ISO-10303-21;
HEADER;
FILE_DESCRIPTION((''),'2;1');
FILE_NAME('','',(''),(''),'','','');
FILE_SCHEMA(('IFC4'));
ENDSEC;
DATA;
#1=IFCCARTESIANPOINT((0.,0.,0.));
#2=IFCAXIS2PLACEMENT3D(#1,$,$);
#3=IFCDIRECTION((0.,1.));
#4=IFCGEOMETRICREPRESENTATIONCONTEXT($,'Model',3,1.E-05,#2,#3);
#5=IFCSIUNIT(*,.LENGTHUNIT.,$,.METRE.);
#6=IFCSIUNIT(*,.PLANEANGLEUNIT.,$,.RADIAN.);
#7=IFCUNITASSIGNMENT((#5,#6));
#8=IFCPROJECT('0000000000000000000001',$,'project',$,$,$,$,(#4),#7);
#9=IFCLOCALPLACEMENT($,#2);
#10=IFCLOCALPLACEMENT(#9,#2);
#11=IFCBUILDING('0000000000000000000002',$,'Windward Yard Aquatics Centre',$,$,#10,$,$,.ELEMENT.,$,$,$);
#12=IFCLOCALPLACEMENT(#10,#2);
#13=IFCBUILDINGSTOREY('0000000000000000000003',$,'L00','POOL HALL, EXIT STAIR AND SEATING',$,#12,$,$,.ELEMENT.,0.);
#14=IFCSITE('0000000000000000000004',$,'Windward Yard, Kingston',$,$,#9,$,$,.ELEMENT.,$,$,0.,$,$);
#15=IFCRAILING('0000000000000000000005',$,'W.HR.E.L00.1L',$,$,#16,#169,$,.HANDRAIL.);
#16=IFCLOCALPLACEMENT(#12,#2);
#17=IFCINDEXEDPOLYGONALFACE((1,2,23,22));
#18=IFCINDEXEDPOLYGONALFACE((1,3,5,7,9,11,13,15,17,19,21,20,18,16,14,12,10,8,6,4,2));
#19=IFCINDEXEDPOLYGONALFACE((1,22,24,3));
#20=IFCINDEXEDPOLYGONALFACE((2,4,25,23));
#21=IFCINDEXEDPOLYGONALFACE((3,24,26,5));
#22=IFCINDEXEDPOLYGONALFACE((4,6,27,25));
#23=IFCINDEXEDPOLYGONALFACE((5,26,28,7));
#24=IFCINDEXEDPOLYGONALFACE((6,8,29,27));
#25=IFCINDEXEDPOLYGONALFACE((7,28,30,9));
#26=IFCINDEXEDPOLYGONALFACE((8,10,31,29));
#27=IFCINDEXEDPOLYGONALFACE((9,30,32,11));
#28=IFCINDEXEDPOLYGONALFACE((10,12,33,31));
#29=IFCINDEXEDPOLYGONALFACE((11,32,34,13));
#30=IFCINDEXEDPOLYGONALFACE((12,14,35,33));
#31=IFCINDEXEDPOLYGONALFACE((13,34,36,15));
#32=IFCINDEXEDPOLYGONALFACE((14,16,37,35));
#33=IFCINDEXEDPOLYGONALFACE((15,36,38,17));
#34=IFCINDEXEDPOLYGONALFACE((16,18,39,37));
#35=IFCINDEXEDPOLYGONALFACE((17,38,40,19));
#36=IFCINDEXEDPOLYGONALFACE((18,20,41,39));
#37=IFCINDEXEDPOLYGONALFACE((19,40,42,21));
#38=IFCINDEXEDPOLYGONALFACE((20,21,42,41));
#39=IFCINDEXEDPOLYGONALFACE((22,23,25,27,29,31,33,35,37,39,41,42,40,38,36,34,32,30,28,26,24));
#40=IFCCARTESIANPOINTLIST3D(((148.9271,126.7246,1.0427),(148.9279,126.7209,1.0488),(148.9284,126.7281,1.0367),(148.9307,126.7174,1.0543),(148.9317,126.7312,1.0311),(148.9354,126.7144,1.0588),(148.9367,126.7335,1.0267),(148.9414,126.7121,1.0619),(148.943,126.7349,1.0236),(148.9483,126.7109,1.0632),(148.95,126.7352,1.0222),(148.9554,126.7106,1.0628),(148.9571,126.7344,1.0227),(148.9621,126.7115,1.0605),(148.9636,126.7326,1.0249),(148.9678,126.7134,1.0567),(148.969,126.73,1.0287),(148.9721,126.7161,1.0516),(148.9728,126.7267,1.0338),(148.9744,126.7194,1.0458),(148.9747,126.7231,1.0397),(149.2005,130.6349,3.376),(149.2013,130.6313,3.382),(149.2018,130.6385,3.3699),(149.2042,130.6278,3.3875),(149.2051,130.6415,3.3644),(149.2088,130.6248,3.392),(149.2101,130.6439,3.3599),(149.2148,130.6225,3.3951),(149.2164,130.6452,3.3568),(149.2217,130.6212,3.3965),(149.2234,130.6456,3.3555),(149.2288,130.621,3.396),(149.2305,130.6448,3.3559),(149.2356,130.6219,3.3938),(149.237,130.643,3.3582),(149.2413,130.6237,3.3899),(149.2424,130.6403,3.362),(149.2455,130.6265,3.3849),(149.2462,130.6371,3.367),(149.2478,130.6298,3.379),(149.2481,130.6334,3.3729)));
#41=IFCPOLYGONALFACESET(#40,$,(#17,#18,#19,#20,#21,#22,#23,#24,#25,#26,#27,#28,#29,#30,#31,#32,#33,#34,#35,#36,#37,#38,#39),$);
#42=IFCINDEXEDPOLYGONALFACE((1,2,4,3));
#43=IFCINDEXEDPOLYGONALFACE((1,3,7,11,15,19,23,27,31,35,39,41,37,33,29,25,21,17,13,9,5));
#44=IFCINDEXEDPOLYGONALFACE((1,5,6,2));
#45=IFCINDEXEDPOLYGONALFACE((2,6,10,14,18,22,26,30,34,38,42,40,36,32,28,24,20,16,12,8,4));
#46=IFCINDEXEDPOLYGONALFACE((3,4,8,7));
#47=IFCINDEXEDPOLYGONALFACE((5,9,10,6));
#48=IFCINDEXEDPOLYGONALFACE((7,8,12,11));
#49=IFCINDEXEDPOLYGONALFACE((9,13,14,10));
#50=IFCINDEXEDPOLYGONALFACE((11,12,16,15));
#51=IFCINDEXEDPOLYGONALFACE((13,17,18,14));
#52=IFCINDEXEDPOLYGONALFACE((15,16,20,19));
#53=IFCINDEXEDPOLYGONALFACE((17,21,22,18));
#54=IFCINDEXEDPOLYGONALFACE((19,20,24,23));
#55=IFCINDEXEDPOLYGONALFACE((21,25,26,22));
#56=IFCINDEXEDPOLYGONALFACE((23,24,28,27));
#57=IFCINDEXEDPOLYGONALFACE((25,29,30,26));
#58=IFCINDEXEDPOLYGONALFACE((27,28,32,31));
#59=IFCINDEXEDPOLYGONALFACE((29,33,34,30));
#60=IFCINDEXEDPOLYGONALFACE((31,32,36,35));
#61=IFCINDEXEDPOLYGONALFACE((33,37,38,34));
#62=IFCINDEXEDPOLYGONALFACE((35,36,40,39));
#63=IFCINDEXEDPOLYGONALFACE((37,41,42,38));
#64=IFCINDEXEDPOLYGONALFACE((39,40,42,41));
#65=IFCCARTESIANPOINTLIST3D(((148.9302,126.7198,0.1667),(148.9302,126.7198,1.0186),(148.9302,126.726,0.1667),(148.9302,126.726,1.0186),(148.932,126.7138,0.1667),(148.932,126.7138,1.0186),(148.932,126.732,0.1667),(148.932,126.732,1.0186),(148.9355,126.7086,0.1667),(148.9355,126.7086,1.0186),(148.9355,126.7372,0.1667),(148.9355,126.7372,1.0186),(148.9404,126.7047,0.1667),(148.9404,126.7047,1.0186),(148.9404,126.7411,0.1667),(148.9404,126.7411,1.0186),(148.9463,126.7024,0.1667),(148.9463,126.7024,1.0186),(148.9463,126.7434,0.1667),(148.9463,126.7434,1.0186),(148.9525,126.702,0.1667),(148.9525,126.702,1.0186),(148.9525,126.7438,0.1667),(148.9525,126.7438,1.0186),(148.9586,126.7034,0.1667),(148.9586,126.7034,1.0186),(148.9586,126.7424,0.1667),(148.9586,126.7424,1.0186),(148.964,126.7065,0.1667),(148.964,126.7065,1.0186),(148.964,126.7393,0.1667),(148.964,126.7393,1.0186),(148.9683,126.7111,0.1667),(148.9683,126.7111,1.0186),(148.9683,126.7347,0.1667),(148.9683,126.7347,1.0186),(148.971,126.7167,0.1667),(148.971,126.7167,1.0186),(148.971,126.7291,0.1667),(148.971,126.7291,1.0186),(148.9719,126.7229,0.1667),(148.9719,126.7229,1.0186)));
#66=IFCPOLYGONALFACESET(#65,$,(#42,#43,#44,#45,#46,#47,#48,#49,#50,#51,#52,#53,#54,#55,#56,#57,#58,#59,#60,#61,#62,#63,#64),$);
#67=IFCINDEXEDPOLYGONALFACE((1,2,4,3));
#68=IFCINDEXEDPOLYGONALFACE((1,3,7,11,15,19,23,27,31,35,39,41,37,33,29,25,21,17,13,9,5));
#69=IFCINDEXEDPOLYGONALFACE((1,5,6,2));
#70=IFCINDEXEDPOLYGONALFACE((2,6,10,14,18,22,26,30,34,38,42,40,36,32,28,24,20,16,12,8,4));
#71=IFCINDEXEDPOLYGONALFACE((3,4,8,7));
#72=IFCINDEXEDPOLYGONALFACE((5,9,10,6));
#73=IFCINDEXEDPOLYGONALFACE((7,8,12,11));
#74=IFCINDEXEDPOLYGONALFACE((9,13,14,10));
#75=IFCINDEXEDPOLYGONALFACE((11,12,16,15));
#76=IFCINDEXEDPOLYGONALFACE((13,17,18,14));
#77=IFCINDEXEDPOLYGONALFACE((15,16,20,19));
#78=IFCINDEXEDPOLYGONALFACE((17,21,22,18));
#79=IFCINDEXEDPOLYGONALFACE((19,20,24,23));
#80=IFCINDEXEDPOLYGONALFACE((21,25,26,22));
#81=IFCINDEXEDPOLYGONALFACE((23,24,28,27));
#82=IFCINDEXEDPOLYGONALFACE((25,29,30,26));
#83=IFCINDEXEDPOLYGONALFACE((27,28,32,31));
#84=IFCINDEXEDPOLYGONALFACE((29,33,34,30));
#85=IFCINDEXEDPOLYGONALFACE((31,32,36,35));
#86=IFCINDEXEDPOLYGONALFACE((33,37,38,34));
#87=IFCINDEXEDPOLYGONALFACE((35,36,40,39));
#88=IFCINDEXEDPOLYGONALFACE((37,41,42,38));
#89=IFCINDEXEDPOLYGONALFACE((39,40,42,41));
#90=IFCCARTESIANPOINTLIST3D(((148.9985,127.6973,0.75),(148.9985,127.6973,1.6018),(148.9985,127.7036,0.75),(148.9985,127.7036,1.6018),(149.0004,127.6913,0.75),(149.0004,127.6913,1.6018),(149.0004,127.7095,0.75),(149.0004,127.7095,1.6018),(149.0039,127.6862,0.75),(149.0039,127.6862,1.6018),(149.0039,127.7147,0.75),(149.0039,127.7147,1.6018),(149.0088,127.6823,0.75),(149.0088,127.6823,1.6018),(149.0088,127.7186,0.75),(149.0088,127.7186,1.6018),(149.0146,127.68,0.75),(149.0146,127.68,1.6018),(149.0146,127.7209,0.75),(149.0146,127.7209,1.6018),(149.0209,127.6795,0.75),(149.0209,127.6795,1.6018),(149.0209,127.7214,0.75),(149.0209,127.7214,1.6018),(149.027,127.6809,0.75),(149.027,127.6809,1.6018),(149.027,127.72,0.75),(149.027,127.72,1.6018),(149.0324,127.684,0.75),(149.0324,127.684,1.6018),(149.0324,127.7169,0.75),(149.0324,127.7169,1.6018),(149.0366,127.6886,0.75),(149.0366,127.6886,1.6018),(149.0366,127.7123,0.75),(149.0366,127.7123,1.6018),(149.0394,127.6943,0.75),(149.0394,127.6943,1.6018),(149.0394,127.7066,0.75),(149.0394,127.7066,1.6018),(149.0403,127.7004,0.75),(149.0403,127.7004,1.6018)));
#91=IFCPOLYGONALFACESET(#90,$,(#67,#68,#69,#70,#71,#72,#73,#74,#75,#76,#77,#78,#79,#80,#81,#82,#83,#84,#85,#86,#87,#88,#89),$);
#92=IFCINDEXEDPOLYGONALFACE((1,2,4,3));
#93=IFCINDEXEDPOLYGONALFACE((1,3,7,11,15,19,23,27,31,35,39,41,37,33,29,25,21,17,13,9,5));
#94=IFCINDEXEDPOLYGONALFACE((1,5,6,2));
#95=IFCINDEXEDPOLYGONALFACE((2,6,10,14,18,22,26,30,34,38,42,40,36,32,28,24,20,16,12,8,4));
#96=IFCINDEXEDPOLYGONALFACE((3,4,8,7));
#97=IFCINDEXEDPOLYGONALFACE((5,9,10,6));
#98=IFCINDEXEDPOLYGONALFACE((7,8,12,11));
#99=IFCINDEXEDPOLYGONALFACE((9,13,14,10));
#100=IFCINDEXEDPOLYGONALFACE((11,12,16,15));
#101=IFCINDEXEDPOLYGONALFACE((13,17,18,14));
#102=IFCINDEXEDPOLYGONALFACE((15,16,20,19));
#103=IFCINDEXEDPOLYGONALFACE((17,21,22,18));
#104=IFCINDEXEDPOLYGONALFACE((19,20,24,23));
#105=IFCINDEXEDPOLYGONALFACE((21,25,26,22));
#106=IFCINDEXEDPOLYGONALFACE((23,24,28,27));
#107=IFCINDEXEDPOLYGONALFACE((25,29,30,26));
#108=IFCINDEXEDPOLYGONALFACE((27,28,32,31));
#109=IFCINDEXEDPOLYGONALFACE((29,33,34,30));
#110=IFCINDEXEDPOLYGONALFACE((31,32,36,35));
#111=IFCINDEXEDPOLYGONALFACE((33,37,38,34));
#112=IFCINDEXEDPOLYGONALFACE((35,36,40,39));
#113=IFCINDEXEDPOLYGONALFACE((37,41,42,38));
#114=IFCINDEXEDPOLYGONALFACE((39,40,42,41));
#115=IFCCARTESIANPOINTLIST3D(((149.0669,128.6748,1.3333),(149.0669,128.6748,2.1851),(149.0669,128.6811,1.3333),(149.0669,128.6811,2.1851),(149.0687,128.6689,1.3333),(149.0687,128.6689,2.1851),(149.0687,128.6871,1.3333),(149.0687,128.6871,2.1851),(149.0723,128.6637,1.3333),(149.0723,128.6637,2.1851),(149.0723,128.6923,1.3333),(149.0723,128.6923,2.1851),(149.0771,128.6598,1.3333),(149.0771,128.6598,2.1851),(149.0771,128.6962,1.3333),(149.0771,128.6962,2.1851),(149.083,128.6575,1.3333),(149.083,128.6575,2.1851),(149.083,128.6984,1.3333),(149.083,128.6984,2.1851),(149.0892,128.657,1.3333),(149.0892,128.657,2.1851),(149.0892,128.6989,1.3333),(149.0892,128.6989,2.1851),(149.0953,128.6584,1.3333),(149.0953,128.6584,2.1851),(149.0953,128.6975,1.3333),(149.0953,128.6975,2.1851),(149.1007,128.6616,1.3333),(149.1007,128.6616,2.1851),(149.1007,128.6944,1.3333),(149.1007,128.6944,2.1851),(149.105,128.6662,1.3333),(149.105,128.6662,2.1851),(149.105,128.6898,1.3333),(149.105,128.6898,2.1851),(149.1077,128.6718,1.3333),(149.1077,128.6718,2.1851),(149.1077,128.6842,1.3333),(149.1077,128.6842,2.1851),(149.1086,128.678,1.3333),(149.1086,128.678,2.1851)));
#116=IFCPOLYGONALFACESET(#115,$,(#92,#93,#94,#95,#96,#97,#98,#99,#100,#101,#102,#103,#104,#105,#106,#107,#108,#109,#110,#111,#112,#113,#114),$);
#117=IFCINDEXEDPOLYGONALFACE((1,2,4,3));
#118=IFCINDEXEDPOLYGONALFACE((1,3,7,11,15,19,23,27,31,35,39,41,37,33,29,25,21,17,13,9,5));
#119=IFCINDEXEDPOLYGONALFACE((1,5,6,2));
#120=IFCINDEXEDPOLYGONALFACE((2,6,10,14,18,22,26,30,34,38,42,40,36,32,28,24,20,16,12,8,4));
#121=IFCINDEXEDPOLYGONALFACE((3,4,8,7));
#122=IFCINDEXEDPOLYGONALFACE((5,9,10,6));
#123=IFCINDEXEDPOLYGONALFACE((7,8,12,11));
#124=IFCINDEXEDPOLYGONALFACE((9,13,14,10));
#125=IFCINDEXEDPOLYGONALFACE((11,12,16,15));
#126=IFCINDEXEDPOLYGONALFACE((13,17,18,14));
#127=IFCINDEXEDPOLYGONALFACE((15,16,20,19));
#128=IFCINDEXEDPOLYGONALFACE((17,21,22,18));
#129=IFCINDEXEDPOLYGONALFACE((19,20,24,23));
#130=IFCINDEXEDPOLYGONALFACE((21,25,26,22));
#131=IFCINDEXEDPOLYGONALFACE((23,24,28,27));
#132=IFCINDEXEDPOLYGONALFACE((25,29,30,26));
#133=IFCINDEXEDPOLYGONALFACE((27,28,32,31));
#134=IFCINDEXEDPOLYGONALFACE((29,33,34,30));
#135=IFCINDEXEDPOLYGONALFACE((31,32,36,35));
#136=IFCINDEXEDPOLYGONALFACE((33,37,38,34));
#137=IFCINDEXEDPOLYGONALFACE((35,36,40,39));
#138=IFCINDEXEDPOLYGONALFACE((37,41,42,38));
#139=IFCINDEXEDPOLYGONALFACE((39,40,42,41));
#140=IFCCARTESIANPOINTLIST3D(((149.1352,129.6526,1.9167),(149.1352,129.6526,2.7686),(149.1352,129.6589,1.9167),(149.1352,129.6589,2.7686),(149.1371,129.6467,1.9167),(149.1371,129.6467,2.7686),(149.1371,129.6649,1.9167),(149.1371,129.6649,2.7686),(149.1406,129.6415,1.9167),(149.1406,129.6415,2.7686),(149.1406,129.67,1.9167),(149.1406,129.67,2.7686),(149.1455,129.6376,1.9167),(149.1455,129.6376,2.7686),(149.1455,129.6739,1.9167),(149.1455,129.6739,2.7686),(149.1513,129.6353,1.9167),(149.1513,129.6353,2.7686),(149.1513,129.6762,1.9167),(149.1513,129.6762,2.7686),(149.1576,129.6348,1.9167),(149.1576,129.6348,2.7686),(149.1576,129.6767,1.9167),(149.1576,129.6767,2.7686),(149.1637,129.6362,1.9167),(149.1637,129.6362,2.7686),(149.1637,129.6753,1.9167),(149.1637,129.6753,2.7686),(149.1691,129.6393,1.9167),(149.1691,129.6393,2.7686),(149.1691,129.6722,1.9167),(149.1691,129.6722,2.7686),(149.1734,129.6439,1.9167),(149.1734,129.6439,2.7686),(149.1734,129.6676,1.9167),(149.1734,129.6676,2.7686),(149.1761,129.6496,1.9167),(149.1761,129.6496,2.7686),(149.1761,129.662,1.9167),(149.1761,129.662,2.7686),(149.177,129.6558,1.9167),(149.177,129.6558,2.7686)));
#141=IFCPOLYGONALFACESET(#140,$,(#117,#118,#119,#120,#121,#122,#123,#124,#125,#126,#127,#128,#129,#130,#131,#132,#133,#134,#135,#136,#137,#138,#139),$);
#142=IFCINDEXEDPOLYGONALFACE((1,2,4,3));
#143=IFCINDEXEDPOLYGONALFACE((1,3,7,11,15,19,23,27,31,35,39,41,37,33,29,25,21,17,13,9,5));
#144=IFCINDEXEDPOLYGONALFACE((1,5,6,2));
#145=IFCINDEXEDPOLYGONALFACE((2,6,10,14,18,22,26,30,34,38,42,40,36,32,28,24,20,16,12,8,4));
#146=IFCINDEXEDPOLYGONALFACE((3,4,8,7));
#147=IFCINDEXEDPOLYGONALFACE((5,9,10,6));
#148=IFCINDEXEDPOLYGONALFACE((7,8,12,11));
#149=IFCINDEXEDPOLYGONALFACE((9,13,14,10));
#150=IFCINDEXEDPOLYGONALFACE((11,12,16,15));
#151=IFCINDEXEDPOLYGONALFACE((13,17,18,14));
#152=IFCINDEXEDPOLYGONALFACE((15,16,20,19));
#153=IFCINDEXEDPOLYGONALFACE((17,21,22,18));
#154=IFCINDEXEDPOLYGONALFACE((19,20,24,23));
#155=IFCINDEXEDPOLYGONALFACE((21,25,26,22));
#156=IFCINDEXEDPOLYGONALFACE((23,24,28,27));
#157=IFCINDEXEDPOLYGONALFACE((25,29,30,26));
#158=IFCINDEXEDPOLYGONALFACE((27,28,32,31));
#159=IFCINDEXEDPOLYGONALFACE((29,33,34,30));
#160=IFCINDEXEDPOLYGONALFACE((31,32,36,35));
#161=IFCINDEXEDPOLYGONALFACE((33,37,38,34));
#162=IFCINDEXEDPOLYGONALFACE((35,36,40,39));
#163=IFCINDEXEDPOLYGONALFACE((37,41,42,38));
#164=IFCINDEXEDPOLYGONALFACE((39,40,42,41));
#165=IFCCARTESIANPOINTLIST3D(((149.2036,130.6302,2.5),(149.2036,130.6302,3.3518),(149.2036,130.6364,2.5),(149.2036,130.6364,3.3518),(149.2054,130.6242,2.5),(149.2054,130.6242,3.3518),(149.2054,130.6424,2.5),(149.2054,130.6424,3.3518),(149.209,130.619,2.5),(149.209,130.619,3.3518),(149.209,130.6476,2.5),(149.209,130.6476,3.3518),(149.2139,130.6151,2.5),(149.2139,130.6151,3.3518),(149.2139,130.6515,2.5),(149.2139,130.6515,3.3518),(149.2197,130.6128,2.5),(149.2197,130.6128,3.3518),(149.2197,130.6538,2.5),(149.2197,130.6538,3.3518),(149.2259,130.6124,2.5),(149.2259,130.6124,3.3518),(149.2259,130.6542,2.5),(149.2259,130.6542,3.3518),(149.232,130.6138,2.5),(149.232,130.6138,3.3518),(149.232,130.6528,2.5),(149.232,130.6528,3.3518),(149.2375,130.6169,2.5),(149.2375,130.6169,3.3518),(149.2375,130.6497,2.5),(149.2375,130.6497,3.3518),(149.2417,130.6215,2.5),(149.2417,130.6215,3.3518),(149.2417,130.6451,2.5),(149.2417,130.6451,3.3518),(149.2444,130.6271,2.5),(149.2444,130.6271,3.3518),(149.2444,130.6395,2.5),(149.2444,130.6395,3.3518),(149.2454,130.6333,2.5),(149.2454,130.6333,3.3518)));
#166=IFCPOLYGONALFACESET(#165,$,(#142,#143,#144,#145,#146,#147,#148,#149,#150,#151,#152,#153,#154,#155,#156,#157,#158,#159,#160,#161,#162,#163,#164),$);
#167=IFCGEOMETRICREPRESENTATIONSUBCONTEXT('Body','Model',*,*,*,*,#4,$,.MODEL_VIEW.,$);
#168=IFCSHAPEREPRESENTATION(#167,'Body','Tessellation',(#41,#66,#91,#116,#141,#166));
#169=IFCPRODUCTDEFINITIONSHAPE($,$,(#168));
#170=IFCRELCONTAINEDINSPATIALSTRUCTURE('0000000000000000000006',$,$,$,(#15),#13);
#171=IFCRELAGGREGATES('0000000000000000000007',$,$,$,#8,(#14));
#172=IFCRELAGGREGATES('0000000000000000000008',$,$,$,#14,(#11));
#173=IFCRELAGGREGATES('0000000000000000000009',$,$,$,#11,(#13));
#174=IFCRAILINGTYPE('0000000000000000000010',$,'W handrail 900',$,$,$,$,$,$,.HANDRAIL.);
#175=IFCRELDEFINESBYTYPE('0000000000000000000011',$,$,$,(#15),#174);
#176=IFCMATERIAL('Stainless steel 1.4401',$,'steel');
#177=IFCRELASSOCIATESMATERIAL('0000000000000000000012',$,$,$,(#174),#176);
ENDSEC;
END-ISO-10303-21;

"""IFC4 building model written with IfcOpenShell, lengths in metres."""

from ifc_helpers import new_model, si_unit, direction, frame, origin, origin_2d, place, context, subcontext, project, spatial, circle, extrude, material, type_object, element, save


model = new_model("IFC4")

# Units and contexts
model_context = context("Model", 3, precision=1e-05, world=origin(), true_north=direction((0.0, 1.0)))
body_context = subcontext(model_context, "Body", "Model", "MODEL_VIEW")
ifc_project = project(units=[si_unit("LENGTHUNIT", "METRE"), si_unit("PLANEANGLEUNIT", "RADIAN")], contexts=[model_context])

# Site, building, storey
site_placement = place(None, origin())
site = spatial("IfcSite", under=ifc_project, at=site_placement, Name="Windward Yard, Kingston", CompositionType="ELEMENT", RefElevation=0.0)
building_placement = place(site_placement, origin())
building = spatial("IfcBuilding", under=site, at=building_placement, Name="Windward Yard Aquatics Centre", CompositionType="ELEMENT")
storey_placement = place(building_placement, origin())
storey = spatial("IfcBuildingStorey", under=building, at=storey_placement, Name="L00", Description="POOL HALL, EXIT STAIR AND SEATING", CompositionType="ELEMENT", Elevation=0.0)

# Railing
ifc_material_1 = material(Name="Stainless steel 1.4401", Category="steel")
railing_type = type_object("IfcRailingType", Name="W handrail 900", PredefinedType="HANDRAIL", material=ifc_material_1)
for number, where, name in (
    (1, (148.9509, 126.7229, 0.1667), "W.HR.E.L00.1L"),
):
    element("IfcRailing", number, at=place(storey_placement, frame(where)), inside=storey, type_object=railing_type, Name=name, PredefinedType="HANDRAIL", context=body_context, shape_type="SweptSolid", body=[
        extrude(circle(Radius=0.0239, at=origin_2d()), frame((0.0, 0.0, 0.876), z_axis=(0.059941, 0.857205, 0.511476), x_axis=(-0.997564, 0.069755, 0.0)), (0.0, 0.0, 1.0), 4.5618),
        extrude(circle(Radius=0.021, at=origin_2d()), origin(), (0.0, 0.0, 1.0), 0.8518),
        extrude(circle(Radius=0.021, at=origin_2d()), frame((0.0684, 0.9775, 0.5833)), (0.0, 0.0, 1.0), 0.8518),
        extrude(circle(Radius=0.021, at=origin_2d()), frame((0.1367, 1.9551, 1.1665)), (0.0, 0.0, 1.0), 0.8518),
        extrude(circle(Radius=0.021, at=origin_2d()), frame((0.2051, 2.9329, 1.75)), (0.0, 0.0, 1.0), 0.8518),
        extrude(circle(Radius=0.021, at=origin_2d()), frame((0.2734, 3.9104, 2.3333)), (0.0, 0.0, 1.0), 0.8518),
    ])

save(model, "model.ifc")
